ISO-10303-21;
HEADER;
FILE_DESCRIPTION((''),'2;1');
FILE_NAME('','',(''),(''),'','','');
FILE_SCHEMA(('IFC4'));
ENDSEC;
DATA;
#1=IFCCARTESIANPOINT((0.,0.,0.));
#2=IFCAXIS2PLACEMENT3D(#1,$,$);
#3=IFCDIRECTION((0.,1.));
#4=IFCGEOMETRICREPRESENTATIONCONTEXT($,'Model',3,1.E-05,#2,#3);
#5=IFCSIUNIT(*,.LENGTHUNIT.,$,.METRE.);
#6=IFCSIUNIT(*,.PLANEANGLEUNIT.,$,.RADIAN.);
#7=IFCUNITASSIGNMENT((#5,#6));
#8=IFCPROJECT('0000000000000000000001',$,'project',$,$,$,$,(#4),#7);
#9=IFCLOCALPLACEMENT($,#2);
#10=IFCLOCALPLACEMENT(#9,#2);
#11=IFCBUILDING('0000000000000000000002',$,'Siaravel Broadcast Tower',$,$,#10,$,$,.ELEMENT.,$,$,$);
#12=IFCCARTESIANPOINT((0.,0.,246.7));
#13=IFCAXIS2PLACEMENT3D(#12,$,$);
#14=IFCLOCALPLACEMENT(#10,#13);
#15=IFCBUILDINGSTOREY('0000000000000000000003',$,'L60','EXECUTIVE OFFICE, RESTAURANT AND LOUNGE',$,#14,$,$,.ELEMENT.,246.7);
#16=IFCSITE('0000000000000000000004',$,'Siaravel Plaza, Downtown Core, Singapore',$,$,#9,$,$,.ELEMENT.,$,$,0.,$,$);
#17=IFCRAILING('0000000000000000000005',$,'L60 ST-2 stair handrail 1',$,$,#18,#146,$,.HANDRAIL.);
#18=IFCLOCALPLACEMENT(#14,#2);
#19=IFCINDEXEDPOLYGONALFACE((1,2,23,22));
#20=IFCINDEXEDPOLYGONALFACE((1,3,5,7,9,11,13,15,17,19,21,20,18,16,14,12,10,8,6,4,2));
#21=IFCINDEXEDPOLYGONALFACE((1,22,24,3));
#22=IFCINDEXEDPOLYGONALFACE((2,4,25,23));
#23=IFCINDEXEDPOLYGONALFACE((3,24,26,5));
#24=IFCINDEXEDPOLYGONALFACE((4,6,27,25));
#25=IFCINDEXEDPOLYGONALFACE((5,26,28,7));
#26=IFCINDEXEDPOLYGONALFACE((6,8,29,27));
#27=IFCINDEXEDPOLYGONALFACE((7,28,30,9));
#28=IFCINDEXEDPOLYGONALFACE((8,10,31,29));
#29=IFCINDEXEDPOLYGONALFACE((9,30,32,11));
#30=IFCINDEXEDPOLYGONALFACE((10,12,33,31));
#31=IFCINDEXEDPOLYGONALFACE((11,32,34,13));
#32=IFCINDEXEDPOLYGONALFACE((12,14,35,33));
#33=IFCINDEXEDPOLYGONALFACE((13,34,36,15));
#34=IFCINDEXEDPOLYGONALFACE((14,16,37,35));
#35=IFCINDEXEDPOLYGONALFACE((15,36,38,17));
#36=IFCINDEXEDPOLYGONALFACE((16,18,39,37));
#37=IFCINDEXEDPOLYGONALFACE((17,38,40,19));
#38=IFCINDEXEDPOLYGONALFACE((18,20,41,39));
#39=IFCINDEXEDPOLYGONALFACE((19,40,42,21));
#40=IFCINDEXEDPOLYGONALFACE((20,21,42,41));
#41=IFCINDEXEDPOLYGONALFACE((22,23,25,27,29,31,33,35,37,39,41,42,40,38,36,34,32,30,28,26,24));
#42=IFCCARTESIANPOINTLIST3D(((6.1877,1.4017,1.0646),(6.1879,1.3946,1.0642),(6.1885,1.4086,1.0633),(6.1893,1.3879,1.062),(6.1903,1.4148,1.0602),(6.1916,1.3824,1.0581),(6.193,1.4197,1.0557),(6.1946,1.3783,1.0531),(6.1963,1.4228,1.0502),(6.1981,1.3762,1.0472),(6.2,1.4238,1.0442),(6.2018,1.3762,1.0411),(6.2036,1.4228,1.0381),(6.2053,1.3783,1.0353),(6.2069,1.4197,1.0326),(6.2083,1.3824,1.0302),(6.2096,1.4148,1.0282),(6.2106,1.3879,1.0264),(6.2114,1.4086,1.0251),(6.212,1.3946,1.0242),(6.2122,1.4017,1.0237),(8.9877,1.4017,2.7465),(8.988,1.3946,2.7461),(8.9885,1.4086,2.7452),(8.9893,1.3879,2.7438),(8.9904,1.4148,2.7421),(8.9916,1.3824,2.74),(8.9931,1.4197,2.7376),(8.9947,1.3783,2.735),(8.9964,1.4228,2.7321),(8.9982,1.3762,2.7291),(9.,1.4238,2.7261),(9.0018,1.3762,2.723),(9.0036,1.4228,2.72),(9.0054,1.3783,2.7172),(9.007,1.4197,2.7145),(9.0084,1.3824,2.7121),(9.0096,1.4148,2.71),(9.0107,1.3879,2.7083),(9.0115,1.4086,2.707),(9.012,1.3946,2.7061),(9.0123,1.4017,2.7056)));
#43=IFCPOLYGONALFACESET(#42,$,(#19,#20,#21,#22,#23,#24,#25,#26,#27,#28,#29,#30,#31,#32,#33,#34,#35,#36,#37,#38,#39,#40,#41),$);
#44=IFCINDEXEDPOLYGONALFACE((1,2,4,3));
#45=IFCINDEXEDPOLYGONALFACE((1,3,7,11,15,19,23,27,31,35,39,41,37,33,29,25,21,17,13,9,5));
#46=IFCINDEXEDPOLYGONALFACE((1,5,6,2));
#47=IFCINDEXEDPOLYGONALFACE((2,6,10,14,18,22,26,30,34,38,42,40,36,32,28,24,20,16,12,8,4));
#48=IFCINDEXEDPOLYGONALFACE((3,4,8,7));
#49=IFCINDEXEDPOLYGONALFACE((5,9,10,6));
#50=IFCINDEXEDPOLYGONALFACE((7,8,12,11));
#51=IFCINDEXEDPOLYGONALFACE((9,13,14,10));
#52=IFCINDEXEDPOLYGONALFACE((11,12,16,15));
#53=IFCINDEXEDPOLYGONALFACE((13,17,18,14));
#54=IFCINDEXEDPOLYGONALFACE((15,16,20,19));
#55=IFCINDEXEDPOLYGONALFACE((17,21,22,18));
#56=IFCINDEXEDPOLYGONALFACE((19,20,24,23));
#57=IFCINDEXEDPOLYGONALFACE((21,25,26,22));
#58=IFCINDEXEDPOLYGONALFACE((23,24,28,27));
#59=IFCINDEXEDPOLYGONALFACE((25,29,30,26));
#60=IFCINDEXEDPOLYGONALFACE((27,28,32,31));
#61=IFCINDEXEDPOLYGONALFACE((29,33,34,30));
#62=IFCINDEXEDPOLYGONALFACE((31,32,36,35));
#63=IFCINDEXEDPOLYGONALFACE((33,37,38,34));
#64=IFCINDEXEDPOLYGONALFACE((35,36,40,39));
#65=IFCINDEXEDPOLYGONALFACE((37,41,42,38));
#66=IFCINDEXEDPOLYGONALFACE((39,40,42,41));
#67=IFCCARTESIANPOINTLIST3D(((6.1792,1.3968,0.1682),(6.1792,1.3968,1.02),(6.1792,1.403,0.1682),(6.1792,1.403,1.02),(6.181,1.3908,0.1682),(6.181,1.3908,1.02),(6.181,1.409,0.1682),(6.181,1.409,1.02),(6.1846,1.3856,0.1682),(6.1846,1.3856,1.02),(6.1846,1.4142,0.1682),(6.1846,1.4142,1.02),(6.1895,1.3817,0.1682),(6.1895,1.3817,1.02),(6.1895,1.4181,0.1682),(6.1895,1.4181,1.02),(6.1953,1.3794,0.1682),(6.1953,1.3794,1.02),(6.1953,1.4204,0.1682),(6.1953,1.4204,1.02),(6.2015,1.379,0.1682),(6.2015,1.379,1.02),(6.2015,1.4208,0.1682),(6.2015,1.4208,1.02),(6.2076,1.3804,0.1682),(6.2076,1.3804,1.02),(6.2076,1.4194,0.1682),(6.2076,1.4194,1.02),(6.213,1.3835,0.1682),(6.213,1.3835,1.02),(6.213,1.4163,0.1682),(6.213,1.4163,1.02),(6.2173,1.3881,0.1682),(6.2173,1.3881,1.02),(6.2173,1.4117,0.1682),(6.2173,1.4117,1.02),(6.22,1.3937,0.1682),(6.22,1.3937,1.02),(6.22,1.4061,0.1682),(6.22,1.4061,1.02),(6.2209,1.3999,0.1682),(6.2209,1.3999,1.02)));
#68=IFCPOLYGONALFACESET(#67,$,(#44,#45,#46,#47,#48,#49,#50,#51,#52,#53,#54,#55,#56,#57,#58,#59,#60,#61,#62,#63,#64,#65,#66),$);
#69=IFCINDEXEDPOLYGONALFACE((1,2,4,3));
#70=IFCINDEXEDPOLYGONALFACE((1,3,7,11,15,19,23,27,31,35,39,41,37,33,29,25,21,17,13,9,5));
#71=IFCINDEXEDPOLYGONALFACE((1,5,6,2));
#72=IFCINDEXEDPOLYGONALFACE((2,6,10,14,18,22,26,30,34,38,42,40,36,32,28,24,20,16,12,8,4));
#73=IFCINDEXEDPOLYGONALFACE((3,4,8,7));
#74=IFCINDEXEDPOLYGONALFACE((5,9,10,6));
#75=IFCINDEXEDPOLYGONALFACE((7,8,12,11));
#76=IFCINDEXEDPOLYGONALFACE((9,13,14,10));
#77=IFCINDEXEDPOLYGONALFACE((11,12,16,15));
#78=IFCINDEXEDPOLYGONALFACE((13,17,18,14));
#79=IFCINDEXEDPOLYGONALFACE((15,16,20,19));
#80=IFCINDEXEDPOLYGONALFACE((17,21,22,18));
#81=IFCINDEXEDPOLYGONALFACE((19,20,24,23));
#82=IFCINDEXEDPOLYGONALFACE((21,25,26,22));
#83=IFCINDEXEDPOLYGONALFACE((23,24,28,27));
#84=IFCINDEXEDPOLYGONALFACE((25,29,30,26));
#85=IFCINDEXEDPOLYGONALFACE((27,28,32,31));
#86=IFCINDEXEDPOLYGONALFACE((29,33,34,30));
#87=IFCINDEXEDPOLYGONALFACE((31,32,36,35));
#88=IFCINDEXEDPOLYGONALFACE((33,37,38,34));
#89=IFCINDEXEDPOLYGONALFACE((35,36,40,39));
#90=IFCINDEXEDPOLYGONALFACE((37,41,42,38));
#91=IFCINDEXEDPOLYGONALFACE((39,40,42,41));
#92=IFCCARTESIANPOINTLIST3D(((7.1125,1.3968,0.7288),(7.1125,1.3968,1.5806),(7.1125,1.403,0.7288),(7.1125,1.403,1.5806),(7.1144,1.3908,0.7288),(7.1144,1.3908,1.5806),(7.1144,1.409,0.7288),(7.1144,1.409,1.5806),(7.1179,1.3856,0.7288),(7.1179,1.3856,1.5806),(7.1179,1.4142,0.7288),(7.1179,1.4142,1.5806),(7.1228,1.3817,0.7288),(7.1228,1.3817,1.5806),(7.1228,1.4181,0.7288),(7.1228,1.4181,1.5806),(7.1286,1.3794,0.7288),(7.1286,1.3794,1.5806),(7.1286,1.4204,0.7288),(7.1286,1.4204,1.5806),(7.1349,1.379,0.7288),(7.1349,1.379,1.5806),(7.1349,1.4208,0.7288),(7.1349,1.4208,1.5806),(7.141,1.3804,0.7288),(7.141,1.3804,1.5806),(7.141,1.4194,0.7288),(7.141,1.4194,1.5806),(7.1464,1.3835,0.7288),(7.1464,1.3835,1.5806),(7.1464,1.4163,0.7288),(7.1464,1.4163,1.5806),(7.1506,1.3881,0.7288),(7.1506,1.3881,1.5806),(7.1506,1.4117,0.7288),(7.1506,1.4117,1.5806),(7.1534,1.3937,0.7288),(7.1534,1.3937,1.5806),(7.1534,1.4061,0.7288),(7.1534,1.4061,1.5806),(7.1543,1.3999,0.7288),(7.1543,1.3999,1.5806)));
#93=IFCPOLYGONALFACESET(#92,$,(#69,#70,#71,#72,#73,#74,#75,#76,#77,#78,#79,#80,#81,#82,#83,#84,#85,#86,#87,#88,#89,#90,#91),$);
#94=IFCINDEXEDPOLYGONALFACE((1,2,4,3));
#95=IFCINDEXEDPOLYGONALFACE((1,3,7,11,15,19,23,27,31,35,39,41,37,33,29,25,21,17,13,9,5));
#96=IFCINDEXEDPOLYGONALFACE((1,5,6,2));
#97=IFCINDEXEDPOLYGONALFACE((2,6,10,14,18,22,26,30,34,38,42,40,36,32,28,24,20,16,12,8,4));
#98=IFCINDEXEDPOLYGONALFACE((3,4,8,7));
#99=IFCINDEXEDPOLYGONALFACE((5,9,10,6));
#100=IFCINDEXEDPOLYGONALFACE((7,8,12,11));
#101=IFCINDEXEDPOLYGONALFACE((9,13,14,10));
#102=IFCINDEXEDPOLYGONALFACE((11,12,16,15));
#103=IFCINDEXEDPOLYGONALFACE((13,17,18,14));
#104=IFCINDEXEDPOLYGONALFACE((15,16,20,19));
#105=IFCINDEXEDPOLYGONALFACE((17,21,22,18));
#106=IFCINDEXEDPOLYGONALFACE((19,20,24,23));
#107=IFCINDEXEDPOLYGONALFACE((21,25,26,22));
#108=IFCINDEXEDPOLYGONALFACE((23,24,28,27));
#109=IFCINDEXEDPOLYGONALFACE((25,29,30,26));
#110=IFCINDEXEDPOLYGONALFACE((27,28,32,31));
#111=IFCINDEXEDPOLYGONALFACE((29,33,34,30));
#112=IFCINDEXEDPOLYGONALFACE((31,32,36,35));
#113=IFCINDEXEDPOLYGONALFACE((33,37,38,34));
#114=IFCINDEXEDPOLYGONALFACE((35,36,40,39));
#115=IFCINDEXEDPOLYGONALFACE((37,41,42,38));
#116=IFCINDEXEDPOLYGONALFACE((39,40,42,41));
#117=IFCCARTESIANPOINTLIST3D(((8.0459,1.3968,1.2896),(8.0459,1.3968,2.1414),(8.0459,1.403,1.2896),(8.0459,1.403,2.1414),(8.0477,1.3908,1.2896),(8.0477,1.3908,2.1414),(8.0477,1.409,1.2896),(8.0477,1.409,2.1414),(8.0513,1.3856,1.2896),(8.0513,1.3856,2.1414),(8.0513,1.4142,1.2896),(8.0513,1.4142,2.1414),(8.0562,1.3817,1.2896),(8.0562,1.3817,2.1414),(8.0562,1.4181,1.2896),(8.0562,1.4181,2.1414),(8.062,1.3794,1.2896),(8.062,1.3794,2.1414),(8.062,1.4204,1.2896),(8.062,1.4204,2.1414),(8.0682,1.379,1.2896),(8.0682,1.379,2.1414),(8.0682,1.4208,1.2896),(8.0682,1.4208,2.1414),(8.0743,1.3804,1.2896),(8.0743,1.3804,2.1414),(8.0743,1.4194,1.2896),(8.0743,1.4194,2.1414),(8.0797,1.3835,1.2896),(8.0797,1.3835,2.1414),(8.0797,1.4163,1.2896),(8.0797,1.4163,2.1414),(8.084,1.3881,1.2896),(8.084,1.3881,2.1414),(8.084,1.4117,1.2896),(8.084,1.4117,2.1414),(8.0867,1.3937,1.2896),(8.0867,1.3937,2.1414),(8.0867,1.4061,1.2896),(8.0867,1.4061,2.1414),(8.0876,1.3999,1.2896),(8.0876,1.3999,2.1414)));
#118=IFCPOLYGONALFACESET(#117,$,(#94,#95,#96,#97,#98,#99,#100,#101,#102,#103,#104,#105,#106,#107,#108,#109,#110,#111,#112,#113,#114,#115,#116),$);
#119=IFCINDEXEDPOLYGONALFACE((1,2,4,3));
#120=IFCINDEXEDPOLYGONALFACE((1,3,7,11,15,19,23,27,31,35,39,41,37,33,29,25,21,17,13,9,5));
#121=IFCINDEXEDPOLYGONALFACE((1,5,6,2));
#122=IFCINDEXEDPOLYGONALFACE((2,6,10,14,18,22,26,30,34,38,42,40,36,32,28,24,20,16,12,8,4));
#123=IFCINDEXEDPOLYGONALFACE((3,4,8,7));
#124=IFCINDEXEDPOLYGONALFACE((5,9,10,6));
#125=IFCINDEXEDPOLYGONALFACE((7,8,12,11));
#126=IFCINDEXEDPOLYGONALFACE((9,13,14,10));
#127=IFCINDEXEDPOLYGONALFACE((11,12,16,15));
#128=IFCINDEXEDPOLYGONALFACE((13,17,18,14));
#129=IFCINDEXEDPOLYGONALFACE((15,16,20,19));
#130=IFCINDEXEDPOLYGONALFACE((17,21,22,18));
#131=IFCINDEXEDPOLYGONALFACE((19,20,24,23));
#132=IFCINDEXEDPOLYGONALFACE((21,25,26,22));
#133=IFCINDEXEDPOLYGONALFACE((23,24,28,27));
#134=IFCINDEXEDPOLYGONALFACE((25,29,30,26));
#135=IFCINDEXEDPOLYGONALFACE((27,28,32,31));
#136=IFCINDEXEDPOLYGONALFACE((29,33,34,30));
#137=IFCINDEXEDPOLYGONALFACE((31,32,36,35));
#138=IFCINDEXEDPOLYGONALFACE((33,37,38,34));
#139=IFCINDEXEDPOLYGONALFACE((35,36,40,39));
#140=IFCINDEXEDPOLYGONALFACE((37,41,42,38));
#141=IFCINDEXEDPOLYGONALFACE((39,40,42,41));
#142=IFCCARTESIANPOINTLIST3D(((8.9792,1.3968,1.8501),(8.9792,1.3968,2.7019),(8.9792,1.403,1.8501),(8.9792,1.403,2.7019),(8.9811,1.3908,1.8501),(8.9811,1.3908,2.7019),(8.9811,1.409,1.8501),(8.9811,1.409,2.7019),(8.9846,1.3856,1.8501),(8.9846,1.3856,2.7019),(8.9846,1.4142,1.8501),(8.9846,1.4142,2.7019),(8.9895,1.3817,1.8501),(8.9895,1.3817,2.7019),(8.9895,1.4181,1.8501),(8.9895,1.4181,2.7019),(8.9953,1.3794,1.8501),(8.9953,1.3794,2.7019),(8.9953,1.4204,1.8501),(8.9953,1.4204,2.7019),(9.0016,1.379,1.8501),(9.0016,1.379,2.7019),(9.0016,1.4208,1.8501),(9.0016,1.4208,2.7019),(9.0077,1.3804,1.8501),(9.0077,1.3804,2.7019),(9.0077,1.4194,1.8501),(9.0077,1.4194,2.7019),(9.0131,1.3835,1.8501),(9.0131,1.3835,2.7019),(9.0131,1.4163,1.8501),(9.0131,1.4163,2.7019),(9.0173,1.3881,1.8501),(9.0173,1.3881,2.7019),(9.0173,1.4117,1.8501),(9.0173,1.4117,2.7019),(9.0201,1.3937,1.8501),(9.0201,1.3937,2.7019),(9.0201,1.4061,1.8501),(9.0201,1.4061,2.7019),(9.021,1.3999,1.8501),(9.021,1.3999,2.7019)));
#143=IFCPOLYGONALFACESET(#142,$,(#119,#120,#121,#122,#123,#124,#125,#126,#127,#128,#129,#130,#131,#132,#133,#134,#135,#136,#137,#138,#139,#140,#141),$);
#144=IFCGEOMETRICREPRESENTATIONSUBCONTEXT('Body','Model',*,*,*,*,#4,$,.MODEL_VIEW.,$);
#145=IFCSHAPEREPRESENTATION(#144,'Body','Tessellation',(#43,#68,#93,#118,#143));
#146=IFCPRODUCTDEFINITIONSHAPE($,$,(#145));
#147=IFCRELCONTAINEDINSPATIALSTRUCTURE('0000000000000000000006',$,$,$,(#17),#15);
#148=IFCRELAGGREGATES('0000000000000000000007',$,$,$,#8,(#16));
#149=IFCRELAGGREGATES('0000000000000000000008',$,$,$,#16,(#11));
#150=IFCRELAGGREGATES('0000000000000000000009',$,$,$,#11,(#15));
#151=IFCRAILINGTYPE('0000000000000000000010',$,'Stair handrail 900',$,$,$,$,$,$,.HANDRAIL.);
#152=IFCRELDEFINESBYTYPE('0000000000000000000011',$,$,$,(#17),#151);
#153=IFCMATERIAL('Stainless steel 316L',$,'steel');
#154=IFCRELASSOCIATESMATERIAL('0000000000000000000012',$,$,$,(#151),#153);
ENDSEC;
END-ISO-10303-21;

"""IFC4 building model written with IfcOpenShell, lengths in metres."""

from ifc_helpers import new_model, si_unit, direction, frame, origin, origin_2d, place, context, subcontext, project, spatial, circle, extrude, material, type_object, element, save


model = new_model("IFC4")

# Units and contexts
model_context = context("Model", 3, precision=1e-05, world=origin(), true_north=direction((0.0, 1.0)))
body_context = subcontext(model_context, "Body", "Model", "MODEL_VIEW")
ifc_project = project(units=[si_unit("LENGTHUNIT", "METRE"), si_unit("PLANEANGLEUNIT", "RADIAN")], contexts=[model_context])

# Site, building, storey
site_placement = place(None, origin())
site = spatial("IfcSite", under=ifc_project, at=site_placement, Name="Siaravel Plaza, Downtown Core, Singapore", CompositionType="ELEMENT", RefElevation=0.0)
building_placement = place(site_placement, origin())
building = spatial("IfcBuilding", under=site, at=building_placement, Name="Siaravel Broadcast Tower", CompositionType="ELEMENT")
storey_placement = place(building_placement, frame((0.0, 0.0, 246.7)))
storey = spatial("IfcBuildingStorey", under=building, at=storey_placement, Name="L60", Description="EXECUTIVE OFFICE, RESTAURANT AND LOUNGE", CompositionType="ELEMENT", Elevation=246.7)

# Railing
ifc_material_1 = material(Name="Stainless steel 316L", Category="steel")
railing_type_1 = type_object("IfcRailingType", Name="Stair handrail 900", PredefinedType="HANDRAIL", material=ifc_material_1)
railing_1_placement = place(storey_placement, frame((6.2, 1.3999, 0.1682)))
element("IfcRailing", 1, at=railing_1_placement, inside=storey, type_object=railing_type_1, Name="L60 ST-2 stair handrail 1", PredefinedType="HANDRAIL", context=body_context, shape_type="SweptSolid", body=[
    extrude(circle(Radius=0.0239, at=origin_2d()), frame((0.0, 0.0, 0.876), z_axis=(0.857242, 0.0, 0.514913), x_axis=(0.0, 1.0, 0.0)), (0.0, 0.0, 1.0), 3.2664),
    extrude(circle(Radius=0.021, at=origin_2d()), origin(), (0.0, 0.0, 1.0), 0.8518),
    extrude(circle(Radius=0.021, at=origin_2d()), frame((0.9333, 0.0, 0.5605)), (0.0, 0.0, 1.0), 0.8518),
    extrude(circle(Radius=0.021, at=origin_2d()), frame((1.8667, 0.0, 1.1213)), (0.0, 0.0, 1.0), 0.8518),
    extrude(circle(Radius=0.021, at=origin_2d()), frame((2.8, 0.0, 1.6819)), (0.0, 0.0, 1.0), 0.8518),
])

save(model, "model.ifc")
